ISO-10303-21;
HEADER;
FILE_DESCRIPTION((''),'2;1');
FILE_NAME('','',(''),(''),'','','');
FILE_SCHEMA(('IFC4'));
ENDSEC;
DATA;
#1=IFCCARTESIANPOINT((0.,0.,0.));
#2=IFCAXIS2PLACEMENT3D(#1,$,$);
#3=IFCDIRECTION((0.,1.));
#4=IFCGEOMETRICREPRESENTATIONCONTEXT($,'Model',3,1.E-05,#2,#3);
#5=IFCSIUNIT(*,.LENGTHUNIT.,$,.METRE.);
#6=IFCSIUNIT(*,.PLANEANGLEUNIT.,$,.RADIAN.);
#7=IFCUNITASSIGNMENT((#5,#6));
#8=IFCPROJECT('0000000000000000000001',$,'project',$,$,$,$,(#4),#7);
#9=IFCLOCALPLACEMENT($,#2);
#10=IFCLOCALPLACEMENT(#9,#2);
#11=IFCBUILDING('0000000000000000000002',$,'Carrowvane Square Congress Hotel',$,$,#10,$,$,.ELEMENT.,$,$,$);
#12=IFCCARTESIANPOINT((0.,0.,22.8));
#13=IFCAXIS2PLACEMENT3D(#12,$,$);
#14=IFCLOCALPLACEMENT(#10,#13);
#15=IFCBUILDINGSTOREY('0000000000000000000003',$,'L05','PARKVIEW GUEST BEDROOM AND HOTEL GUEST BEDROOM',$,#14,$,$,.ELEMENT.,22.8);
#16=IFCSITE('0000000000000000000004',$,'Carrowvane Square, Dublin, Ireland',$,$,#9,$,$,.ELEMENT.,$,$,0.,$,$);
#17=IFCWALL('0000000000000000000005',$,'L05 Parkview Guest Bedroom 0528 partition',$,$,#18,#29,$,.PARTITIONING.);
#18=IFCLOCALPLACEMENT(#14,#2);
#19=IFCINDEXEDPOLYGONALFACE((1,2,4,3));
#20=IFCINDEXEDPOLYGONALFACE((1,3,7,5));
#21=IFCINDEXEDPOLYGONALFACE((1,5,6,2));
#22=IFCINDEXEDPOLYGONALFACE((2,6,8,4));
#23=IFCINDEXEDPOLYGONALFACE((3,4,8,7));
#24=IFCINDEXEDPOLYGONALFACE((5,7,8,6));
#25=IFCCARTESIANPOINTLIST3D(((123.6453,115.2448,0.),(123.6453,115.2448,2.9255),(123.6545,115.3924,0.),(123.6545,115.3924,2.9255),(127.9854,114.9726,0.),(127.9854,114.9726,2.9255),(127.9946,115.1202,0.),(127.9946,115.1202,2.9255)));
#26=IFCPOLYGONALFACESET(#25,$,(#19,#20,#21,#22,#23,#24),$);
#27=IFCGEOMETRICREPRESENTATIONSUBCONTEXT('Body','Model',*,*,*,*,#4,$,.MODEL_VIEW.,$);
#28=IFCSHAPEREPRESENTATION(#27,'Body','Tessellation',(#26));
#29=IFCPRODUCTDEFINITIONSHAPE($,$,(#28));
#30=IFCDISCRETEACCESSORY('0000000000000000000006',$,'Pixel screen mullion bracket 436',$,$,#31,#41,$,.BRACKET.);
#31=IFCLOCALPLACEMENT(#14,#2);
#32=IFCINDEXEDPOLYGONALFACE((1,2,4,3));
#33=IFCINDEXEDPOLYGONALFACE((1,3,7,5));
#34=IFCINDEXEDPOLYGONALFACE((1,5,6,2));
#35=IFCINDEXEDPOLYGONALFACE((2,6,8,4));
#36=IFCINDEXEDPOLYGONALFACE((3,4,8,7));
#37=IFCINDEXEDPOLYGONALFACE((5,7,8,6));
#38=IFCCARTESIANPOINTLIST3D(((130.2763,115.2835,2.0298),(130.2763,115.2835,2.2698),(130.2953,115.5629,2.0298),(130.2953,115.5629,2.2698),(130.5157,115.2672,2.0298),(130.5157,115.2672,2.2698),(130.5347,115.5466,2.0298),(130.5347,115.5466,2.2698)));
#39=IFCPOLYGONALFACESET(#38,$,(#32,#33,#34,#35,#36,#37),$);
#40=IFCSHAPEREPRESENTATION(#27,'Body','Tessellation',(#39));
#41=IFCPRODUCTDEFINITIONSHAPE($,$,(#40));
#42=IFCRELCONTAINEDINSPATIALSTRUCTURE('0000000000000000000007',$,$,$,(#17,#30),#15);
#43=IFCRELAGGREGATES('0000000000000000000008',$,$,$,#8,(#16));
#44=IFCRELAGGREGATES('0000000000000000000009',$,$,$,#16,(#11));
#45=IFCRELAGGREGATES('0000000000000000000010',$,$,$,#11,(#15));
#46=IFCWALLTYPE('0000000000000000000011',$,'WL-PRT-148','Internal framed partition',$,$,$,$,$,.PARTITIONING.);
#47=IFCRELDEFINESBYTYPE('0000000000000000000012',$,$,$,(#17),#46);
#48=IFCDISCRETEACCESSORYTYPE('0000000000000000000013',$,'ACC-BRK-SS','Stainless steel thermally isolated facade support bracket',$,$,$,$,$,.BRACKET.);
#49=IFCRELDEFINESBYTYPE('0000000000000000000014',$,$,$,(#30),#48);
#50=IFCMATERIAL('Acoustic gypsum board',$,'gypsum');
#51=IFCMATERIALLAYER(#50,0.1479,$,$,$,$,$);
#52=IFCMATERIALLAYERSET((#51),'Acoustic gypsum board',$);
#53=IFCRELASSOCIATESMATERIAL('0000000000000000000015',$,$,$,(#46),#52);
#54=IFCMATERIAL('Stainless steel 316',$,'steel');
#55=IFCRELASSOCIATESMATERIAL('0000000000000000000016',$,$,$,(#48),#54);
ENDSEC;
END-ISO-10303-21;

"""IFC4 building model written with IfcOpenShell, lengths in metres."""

from ifc_helpers import new_model, si_unit, direction, frame, frame_2d, origin, origin_2d, place, context, subcontext, project, spatial, rectangle, extrude, material, layer, layer_set, type_object, element, save


model = new_model("IFC4")

# Units and contexts
model_context = context("Model", 3, precision=1e-05, world=origin(), true_north=direction((0.0, 1.0)))
body_context = subcontext(model_context, "Body", "Model", "MODEL_VIEW")
ifc_project = project(units=[si_unit("LENGTHUNIT", "METRE"), si_unit("PLANEANGLEUNIT", "RADIAN")], contexts=[model_context])

# Site, building, storey
site_placement = place(None, origin())
site = spatial("IfcSite", under=ifc_project, at=site_placement, Name="Carrowvane Square, Dublin, Ireland", CompositionType="ELEMENT", RefElevation=0.0)
building_placement = place(site_placement, origin())
building = spatial("IfcBuilding", under=site, at=building_placement, Name="Carrowvane Square Congress Hotel", CompositionType="ELEMENT")
storey_placement = place(building_placement, frame((0.0, 0.0, 22.8)))
storey = spatial("IfcBuildingStorey", under=building, at=storey_placement, Name="L05", Description="PARKVIEW GUEST BEDROOM AND HOTEL GUEST BEDROOM", CompositionType="ELEMENT", Elevation=22.8)

# Wall
ifc_material_1 = material(Name="Acoustic gypsum board", Category="gypsum")
ifc_layer_1 = layer(ifc_material_1, 0.1479)
ifc_layer_set_1 = layer_set([ifc_layer_1], Name="Acoustic gypsum board")
wall_type_1 = type_object("IfcWallType", Name="WL-PRT-148", Description="Internal framed partition", PredefinedType="PARTITIONING", material=ifc_layer_set_1)
wall_1_placement = place(storey_placement, frame((123.6499, 115.3186, 0.0), z_axis=(0.0, 0.0, 1.0), x_axis=(0.998039, -0.062598, 0.0)))
element("IfcWall", 1, at=wall_1_placement, inside=storey, type_object=wall_type_1, Name="L05 Parkview Guest Bedroom 0528 partition", PredefinedType="PARTITIONING", context=body_context, shape_type="SweptSolid", body=[
    extrude(rectangle(XDim=4.3486, YDim=0.1479, at=frame_2d((2.1743, 0.0))), origin(), (0.0, 0.0, 1.0), 2.9255),
])

# Discrete accessory
ifc_material_2 = material(Name="Stainless steel 316", Category="steel")
discrete_accessory_type = type_object("IfcDiscreteAccessoryType", Name="ACC-BRK-SS", Description="Stainless steel thermally isolated facade support bracket", PredefinedType="BRACKET", material=ifc_material_2)
discrete_accessory_placement = place(storey_placement, frame((130.4055, 115.415, 2.0298), z_axis=(0.0, 0.0, 1.0), x_axis=(0.997694, -0.067866, 0.0)))
element("IfcDiscreteAccessory", 2, at=discrete_accessory_placement, inside=storey, type_object=discrete_accessory_type, Name="Pixel screen mullion bracket 436", PredefinedType="BRACKET", context=body_context, shape_type="SweptSolid", body=[
    extrude(rectangle(XDim=0.24, YDim=0.28, at=origin_2d()), origin(), (0.0, 0.0, 1.0), 0.24),
])

save(model, "model.ifc")
